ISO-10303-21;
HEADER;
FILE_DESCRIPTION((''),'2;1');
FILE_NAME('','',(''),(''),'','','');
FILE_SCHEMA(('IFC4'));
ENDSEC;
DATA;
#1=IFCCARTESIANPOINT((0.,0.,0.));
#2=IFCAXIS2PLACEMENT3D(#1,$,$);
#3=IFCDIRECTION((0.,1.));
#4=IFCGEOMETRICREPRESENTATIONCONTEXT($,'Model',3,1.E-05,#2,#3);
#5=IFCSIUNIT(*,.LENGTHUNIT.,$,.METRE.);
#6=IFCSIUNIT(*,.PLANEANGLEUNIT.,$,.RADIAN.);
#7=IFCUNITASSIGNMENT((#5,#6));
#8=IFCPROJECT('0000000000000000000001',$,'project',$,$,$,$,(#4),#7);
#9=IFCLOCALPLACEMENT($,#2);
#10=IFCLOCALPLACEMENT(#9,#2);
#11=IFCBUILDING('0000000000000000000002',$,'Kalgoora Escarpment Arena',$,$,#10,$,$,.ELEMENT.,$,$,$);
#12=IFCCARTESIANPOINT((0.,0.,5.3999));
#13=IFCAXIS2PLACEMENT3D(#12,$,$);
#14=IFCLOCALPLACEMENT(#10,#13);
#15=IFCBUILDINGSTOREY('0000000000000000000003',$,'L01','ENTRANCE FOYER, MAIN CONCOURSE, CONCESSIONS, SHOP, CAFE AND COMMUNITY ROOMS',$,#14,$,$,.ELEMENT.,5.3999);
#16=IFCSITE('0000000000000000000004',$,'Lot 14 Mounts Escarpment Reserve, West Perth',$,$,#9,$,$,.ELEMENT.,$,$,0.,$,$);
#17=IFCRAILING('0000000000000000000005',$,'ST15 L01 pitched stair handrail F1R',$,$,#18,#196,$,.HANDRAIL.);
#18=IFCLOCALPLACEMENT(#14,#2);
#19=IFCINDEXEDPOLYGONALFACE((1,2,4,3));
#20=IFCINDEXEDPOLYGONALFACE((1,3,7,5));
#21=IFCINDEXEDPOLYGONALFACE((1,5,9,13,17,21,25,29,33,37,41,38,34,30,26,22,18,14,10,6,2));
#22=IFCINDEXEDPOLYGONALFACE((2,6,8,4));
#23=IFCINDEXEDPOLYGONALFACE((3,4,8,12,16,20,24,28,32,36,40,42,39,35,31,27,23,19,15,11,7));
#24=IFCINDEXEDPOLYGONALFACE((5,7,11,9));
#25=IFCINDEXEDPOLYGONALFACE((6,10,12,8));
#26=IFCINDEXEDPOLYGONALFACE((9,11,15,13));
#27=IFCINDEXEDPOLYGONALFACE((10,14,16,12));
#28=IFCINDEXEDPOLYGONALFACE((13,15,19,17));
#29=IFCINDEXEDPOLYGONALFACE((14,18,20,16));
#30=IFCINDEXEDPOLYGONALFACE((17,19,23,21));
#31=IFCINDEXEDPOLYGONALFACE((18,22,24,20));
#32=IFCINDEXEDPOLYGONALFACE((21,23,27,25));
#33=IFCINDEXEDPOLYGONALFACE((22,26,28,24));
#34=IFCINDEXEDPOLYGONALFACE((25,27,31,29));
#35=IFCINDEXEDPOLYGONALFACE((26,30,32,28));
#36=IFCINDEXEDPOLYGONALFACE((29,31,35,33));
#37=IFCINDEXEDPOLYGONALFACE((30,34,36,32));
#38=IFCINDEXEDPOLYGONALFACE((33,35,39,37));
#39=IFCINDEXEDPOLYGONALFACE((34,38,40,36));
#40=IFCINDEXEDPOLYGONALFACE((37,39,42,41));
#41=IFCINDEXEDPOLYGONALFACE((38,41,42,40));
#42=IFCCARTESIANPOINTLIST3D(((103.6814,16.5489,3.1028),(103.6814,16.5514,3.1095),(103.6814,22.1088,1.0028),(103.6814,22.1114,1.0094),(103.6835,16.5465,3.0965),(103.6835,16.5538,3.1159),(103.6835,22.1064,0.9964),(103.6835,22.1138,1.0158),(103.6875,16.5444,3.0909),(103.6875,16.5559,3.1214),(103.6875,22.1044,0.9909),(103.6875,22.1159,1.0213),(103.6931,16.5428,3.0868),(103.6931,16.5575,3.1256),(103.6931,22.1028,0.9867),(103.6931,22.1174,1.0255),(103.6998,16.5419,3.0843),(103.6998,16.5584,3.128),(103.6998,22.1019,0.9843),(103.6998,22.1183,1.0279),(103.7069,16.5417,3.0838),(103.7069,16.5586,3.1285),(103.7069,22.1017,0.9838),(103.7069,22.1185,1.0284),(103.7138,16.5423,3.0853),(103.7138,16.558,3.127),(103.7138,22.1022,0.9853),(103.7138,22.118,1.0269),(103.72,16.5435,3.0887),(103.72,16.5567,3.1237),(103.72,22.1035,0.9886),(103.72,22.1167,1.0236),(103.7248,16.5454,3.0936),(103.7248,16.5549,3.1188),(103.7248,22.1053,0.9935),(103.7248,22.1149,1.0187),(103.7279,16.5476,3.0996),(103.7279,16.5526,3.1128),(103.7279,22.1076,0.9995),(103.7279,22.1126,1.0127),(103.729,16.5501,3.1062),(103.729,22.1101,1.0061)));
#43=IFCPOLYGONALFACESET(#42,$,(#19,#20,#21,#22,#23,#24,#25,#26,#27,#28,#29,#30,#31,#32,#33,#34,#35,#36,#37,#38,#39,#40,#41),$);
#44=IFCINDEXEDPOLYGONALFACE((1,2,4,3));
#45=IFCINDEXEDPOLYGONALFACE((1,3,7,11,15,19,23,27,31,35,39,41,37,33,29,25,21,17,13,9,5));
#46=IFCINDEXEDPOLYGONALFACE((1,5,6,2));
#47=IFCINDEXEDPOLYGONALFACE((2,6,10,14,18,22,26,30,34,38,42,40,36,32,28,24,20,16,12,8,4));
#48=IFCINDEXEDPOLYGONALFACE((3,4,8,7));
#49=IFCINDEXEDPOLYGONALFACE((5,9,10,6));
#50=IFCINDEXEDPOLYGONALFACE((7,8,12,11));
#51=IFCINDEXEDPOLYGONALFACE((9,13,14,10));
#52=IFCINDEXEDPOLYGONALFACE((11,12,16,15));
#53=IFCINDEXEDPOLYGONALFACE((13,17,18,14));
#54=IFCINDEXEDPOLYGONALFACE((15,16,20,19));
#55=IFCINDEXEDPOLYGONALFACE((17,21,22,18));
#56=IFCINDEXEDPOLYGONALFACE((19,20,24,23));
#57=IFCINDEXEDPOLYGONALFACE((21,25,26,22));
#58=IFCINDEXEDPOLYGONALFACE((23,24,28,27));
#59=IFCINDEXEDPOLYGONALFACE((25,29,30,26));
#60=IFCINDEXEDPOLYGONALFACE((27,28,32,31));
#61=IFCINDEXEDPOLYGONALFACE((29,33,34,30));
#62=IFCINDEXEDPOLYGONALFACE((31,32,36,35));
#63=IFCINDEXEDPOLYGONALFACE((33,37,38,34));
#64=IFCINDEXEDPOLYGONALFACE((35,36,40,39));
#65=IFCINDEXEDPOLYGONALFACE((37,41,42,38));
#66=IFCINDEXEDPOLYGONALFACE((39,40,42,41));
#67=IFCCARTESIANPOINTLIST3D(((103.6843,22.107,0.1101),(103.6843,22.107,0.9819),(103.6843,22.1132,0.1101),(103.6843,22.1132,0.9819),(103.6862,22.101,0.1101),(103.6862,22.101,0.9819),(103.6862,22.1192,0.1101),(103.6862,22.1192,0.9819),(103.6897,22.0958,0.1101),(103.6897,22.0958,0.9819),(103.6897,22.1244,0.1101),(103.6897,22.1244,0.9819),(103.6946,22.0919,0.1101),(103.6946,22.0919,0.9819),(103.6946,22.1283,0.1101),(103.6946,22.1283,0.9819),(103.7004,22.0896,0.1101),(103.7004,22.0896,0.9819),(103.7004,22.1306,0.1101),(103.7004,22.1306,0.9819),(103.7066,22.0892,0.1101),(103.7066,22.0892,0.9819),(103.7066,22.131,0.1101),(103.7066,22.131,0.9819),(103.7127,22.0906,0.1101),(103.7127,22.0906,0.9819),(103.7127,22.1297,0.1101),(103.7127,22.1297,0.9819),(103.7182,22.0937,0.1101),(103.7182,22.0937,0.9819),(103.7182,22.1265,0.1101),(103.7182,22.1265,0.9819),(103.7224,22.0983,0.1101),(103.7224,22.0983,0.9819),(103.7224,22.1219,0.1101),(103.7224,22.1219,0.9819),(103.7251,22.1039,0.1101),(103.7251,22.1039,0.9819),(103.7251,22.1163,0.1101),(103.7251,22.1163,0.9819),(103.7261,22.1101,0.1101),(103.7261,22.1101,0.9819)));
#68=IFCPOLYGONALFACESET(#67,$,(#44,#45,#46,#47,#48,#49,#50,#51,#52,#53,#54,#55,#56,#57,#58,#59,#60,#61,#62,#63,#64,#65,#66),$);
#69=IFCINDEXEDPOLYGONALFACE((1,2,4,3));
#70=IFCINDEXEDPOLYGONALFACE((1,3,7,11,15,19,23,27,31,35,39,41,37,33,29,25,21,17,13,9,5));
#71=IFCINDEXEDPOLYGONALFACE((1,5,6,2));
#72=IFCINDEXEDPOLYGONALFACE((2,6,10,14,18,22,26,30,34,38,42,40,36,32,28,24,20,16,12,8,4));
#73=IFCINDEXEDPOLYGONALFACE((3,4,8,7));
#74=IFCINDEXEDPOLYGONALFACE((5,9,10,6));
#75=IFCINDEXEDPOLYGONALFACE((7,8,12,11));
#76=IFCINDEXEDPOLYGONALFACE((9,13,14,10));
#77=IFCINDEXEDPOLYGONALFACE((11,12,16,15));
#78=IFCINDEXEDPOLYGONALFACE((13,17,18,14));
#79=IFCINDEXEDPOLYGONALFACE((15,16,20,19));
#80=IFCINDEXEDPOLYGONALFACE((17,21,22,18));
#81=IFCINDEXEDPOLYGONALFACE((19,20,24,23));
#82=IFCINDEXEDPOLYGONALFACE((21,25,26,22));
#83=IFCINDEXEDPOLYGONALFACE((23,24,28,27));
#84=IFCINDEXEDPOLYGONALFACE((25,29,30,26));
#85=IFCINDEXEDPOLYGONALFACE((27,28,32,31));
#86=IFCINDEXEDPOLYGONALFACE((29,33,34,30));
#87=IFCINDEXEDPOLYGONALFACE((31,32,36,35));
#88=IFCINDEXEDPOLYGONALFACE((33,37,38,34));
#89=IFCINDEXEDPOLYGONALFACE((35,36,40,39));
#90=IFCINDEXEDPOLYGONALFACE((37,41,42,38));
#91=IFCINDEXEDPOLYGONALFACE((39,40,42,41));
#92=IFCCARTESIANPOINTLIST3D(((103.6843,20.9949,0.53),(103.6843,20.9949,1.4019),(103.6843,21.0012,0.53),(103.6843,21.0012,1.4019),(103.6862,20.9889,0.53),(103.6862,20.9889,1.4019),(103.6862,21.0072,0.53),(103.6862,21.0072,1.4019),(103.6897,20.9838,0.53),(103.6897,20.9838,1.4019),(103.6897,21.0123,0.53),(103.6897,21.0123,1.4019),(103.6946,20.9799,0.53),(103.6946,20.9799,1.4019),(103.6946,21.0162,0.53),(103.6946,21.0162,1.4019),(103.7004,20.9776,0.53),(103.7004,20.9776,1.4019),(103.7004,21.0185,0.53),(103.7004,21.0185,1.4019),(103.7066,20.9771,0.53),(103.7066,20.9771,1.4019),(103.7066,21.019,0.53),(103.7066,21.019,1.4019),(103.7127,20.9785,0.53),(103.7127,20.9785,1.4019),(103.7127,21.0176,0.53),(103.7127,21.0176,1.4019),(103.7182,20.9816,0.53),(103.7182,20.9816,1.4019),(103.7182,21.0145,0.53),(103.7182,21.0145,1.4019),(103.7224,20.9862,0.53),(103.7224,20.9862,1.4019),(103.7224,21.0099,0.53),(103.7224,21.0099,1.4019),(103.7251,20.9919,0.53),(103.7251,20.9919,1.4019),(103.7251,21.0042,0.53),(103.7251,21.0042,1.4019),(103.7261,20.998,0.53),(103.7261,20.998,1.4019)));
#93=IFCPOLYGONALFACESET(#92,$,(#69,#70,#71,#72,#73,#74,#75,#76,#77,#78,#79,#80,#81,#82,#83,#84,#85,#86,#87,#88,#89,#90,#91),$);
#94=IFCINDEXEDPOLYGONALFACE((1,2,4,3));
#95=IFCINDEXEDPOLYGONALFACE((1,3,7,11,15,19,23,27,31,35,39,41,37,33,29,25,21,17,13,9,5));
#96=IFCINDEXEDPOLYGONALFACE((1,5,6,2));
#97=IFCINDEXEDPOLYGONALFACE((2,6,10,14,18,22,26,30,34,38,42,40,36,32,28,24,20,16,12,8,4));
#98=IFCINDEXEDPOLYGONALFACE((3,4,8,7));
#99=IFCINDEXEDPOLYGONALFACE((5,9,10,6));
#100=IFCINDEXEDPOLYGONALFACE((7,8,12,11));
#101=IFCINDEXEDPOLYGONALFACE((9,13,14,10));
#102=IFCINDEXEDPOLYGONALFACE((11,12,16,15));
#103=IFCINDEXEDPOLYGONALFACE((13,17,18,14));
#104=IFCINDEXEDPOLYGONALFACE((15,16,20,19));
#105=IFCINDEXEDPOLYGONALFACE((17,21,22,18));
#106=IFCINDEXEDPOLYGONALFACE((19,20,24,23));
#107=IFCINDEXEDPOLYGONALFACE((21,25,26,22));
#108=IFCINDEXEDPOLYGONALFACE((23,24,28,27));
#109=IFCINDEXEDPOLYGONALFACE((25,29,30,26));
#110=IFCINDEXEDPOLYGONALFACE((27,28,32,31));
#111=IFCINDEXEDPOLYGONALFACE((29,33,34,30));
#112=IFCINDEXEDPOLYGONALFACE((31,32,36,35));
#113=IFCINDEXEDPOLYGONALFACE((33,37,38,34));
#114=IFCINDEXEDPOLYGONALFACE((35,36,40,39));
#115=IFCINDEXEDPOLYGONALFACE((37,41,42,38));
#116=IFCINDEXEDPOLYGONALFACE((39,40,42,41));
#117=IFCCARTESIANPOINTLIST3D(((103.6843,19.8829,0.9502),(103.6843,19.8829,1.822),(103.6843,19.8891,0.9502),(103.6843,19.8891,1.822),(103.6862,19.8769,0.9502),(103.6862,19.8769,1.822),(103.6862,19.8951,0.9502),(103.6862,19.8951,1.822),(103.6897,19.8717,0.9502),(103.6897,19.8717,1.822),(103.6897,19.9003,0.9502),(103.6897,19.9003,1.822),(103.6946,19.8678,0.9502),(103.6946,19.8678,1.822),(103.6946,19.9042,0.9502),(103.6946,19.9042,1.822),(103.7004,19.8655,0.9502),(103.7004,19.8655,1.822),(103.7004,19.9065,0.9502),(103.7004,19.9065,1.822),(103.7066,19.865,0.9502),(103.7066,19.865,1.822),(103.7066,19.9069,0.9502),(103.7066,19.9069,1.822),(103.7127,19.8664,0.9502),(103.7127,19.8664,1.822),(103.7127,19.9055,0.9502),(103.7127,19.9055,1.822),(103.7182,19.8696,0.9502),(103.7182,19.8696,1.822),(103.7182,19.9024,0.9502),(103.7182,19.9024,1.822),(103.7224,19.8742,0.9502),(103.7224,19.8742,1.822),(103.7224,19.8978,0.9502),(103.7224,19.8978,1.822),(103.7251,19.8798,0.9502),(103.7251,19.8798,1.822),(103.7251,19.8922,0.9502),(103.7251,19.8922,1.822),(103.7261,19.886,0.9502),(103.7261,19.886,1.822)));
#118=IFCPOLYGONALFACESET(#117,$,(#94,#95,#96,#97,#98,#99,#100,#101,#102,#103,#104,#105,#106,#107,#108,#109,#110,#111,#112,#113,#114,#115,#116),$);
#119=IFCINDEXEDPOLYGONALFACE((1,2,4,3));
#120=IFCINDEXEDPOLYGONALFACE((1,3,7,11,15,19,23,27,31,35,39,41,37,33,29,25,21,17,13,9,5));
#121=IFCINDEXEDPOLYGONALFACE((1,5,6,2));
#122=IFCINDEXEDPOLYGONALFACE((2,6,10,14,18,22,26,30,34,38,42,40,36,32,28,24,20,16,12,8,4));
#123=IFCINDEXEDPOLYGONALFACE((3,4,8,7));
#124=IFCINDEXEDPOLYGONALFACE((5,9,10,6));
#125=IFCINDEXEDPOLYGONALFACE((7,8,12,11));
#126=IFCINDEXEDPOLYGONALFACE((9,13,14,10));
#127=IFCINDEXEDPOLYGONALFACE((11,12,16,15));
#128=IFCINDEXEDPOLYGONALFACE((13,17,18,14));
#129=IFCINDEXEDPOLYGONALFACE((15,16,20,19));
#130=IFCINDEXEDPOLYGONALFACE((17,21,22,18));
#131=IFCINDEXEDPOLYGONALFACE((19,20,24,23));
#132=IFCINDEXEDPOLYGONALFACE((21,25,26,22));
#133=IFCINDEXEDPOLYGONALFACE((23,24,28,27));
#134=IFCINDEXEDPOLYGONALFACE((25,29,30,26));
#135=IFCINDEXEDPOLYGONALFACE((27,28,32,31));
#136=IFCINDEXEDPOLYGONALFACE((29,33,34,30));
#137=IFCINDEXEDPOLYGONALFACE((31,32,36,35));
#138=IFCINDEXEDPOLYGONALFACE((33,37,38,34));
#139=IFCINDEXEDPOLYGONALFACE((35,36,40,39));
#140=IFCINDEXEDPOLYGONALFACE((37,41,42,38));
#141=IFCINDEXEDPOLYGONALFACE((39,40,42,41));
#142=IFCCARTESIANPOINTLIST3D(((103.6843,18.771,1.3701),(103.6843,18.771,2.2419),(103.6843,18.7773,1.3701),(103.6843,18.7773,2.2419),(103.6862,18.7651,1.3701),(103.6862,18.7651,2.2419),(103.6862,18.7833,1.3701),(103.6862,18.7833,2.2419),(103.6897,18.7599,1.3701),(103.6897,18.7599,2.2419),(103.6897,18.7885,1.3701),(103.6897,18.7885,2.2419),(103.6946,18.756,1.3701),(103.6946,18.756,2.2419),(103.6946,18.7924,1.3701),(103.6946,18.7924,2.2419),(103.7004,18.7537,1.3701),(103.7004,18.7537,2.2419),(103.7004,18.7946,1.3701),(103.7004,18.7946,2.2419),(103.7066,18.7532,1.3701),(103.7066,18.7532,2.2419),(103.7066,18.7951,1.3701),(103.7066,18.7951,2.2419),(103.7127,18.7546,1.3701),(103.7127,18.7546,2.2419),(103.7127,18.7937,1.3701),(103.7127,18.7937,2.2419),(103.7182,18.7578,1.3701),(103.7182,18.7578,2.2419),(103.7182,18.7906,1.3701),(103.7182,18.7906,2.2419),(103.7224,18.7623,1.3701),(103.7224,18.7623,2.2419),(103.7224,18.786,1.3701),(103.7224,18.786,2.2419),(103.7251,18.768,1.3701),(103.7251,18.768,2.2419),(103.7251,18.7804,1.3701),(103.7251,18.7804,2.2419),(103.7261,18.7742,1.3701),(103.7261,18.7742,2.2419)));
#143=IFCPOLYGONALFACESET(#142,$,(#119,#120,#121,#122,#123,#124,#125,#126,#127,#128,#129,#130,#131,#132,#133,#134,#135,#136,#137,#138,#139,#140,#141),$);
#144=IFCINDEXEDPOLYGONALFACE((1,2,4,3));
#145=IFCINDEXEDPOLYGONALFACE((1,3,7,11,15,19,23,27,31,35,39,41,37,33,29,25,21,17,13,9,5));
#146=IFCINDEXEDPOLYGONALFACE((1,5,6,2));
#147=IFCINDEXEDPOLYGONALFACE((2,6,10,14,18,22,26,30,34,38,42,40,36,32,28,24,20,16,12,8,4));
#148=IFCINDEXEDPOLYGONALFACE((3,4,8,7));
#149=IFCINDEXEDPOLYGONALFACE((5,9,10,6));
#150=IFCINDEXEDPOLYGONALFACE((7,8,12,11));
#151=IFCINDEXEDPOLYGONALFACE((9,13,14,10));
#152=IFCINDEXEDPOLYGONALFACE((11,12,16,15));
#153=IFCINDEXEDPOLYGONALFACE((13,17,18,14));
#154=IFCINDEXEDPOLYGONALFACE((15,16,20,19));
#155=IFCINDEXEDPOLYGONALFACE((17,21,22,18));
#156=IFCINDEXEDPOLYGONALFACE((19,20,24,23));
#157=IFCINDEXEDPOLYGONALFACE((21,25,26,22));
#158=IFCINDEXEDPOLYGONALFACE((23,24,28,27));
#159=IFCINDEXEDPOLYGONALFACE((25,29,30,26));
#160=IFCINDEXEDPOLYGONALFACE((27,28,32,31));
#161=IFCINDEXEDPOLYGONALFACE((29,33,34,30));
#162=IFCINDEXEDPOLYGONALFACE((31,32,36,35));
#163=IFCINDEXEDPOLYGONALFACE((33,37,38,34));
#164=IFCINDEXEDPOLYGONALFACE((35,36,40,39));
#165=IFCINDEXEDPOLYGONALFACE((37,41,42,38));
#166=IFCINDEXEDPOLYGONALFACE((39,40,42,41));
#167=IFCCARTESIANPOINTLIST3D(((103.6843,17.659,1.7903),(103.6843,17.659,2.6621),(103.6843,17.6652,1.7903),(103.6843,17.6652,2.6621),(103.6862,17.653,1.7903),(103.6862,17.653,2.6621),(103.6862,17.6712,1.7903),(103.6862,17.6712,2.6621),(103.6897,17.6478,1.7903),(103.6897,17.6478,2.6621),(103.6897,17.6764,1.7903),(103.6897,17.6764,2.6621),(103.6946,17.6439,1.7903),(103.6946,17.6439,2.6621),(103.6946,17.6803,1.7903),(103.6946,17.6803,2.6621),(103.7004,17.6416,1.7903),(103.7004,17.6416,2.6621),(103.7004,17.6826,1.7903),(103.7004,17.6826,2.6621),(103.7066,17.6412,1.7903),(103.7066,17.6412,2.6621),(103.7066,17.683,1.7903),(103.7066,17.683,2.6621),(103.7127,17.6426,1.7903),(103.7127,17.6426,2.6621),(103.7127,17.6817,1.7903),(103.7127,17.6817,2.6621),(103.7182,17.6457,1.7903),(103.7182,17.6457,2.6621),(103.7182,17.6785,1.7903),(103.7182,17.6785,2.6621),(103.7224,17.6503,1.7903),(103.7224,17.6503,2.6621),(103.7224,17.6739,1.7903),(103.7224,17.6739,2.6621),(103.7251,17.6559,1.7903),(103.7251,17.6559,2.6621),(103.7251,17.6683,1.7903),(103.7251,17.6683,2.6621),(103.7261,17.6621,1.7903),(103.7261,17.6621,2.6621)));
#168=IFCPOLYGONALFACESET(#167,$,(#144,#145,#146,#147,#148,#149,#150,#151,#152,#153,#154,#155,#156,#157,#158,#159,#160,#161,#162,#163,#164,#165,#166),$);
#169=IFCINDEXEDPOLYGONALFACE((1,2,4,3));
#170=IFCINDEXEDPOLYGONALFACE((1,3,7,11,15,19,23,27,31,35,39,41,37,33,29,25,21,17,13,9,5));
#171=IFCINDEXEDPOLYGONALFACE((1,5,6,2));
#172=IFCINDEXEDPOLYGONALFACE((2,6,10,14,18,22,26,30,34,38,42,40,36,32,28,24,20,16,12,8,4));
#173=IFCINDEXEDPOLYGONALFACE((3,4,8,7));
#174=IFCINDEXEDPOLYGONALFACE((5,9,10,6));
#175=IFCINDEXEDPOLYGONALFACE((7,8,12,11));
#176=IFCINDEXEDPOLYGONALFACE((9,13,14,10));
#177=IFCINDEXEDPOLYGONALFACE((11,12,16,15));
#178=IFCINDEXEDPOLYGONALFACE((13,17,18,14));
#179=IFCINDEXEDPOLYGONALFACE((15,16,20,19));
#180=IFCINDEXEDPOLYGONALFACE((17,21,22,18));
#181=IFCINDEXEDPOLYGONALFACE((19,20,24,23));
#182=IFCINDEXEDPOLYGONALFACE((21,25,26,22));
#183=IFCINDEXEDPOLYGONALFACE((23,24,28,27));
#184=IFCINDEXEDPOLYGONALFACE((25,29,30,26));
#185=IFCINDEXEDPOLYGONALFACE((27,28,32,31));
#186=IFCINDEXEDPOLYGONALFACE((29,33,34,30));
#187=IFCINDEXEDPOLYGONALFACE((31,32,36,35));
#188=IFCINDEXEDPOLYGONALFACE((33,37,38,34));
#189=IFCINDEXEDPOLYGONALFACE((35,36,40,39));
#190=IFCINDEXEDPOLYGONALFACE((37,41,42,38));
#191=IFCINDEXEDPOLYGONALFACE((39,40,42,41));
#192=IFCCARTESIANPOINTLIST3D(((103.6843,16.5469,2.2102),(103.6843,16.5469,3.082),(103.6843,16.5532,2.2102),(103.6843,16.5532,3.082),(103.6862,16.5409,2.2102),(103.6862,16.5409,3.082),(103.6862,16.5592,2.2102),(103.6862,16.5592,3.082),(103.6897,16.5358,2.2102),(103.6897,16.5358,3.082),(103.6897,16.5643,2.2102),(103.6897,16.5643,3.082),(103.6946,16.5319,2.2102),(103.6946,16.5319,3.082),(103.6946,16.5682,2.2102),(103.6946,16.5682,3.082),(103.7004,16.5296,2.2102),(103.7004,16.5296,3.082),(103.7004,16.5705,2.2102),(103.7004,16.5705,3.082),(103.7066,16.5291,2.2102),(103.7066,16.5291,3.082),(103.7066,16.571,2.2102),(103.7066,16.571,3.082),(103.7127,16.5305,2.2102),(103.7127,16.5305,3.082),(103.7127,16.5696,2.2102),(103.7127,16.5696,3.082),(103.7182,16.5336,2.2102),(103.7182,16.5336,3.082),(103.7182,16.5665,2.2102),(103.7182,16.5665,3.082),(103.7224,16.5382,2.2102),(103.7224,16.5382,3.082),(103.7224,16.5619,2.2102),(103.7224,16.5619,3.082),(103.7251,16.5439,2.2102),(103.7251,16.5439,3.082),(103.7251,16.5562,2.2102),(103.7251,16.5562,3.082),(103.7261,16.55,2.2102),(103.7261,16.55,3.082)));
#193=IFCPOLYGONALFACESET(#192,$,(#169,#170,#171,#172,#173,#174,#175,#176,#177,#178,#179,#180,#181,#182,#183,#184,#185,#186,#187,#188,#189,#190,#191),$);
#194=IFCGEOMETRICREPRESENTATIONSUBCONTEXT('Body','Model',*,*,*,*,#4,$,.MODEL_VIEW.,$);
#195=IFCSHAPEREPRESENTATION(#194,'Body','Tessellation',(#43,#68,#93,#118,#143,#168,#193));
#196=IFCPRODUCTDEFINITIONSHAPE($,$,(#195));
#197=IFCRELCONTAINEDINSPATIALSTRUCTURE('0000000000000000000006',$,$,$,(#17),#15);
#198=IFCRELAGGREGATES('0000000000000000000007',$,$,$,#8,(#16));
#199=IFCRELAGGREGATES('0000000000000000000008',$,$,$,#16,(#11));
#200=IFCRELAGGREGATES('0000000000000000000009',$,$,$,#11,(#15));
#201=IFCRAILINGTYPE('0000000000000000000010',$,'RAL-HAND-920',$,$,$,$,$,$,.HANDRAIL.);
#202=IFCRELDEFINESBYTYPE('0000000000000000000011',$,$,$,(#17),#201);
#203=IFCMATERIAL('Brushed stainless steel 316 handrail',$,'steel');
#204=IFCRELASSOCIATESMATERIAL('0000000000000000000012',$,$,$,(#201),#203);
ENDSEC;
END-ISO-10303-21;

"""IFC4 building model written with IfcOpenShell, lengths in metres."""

from ifc_helpers import new_model, si_unit, direction, frame, origin, origin_2d, place, context, subcontext, project, spatial, circle, extrude, material, type_object, element, save


model = new_model("IFC4")

# Units and contexts
model_context = context("Model", 3, precision=1e-05, world=origin(), true_north=direction((0.0, 1.0)))
body_context = subcontext(model_context, "Body", "Model", "MODEL_VIEW")
ifc_project = project(units=[si_unit("LENGTHUNIT", "METRE"), si_unit("PLANEANGLEUNIT", "RADIAN")], contexts=[model_context])

# Site, building, storey
site_placement = place(None, origin())
site = spatial("IfcSite", under=ifc_project, at=site_placement, Name="Lot 14 Mounts Escarpment Reserve, West Perth", CompositionType="ELEMENT", RefElevation=0.0)
building_placement = place(site_placement, origin())
building = spatial("IfcBuilding", under=site, at=building_placement, Name="Kalgoora Escarpment Arena", CompositionType="ELEMENT")
storey_placement = place(building_placement, frame((0.0, 0.0, 5.3999)))
storey = spatial("IfcBuildingStorey", under=building, at=storey_placement, Name="L01", Description="ENTRANCE FOYER, MAIN CONCOURSE, CONCESSIONS, SHOP, CAFE AND COMMUNITY ROOMS", CompositionType="ELEMENT", Elevation=5.3999)

# Railing
ifc_material_1 = material(Name="Brushed stainless steel 316 handrail", Category="steel")
railing_type_1 = type_object("IfcRailingType", Name="RAL-HAND-920", PredefinedType="HANDRAIL", material=ifc_material_1)
for number, where, name in (
    (1, (103.7051, 22.1101, 0.1101), "ST15 L01 pitched stair handrail F1R"),
):
    element("IfcRailing", number, at=place(storey_placement, frame(where)), inside=storey, type_object=railing_type_1, Name=name, PredefinedType="HANDRAIL", context=body_context, shape_type="SweptSolid", body=[
        extrude(circle(Radius=0.0239, at=origin_2d()), frame((0.0, 0.0, 0.896), z_axis=(0.0, -0.935493, 0.353346), x_axis=(1.0, 0.0, 0.0)), (0.0, 0.0, 1.0), 5.9434),
        extrude(circle(Radius=0.021, at=origin_2d()), origin(), (0.0, 0.0, 1.0), 0.8718),
        extrude(circle(Radius=0.021, at=origin_2d()), frame((0.0, -1.1121, 0.4199)), (0.0, 0.0, 1.0), 0.8718),
        extrude(circle(Radius=0.021, at=origin_2d()), frame((0.0, -2.2241, 0.8401)), (0.0, 0.0, 1.0), 0.8718),
        extrude(circle(Radius=0.021, at=origin_2d()), frame((0.0, -3.3359, 1.26)), (0.0, 0.0, 1.0), 0.8718),
        extrude(circle(Radius=0.021, at=origin_2d()), frame((0.0, -4.448, 1.6802)), (0.0, 0.0, 1.0), 0.8718),
        extrude(circle(Radius=0.021, at=origin_2d()), frame((0.0, -5.5601, 2.1001)), (0.0, 0.0, 1.0), 0.8718),
    ])

save(model, "model.ifc")
